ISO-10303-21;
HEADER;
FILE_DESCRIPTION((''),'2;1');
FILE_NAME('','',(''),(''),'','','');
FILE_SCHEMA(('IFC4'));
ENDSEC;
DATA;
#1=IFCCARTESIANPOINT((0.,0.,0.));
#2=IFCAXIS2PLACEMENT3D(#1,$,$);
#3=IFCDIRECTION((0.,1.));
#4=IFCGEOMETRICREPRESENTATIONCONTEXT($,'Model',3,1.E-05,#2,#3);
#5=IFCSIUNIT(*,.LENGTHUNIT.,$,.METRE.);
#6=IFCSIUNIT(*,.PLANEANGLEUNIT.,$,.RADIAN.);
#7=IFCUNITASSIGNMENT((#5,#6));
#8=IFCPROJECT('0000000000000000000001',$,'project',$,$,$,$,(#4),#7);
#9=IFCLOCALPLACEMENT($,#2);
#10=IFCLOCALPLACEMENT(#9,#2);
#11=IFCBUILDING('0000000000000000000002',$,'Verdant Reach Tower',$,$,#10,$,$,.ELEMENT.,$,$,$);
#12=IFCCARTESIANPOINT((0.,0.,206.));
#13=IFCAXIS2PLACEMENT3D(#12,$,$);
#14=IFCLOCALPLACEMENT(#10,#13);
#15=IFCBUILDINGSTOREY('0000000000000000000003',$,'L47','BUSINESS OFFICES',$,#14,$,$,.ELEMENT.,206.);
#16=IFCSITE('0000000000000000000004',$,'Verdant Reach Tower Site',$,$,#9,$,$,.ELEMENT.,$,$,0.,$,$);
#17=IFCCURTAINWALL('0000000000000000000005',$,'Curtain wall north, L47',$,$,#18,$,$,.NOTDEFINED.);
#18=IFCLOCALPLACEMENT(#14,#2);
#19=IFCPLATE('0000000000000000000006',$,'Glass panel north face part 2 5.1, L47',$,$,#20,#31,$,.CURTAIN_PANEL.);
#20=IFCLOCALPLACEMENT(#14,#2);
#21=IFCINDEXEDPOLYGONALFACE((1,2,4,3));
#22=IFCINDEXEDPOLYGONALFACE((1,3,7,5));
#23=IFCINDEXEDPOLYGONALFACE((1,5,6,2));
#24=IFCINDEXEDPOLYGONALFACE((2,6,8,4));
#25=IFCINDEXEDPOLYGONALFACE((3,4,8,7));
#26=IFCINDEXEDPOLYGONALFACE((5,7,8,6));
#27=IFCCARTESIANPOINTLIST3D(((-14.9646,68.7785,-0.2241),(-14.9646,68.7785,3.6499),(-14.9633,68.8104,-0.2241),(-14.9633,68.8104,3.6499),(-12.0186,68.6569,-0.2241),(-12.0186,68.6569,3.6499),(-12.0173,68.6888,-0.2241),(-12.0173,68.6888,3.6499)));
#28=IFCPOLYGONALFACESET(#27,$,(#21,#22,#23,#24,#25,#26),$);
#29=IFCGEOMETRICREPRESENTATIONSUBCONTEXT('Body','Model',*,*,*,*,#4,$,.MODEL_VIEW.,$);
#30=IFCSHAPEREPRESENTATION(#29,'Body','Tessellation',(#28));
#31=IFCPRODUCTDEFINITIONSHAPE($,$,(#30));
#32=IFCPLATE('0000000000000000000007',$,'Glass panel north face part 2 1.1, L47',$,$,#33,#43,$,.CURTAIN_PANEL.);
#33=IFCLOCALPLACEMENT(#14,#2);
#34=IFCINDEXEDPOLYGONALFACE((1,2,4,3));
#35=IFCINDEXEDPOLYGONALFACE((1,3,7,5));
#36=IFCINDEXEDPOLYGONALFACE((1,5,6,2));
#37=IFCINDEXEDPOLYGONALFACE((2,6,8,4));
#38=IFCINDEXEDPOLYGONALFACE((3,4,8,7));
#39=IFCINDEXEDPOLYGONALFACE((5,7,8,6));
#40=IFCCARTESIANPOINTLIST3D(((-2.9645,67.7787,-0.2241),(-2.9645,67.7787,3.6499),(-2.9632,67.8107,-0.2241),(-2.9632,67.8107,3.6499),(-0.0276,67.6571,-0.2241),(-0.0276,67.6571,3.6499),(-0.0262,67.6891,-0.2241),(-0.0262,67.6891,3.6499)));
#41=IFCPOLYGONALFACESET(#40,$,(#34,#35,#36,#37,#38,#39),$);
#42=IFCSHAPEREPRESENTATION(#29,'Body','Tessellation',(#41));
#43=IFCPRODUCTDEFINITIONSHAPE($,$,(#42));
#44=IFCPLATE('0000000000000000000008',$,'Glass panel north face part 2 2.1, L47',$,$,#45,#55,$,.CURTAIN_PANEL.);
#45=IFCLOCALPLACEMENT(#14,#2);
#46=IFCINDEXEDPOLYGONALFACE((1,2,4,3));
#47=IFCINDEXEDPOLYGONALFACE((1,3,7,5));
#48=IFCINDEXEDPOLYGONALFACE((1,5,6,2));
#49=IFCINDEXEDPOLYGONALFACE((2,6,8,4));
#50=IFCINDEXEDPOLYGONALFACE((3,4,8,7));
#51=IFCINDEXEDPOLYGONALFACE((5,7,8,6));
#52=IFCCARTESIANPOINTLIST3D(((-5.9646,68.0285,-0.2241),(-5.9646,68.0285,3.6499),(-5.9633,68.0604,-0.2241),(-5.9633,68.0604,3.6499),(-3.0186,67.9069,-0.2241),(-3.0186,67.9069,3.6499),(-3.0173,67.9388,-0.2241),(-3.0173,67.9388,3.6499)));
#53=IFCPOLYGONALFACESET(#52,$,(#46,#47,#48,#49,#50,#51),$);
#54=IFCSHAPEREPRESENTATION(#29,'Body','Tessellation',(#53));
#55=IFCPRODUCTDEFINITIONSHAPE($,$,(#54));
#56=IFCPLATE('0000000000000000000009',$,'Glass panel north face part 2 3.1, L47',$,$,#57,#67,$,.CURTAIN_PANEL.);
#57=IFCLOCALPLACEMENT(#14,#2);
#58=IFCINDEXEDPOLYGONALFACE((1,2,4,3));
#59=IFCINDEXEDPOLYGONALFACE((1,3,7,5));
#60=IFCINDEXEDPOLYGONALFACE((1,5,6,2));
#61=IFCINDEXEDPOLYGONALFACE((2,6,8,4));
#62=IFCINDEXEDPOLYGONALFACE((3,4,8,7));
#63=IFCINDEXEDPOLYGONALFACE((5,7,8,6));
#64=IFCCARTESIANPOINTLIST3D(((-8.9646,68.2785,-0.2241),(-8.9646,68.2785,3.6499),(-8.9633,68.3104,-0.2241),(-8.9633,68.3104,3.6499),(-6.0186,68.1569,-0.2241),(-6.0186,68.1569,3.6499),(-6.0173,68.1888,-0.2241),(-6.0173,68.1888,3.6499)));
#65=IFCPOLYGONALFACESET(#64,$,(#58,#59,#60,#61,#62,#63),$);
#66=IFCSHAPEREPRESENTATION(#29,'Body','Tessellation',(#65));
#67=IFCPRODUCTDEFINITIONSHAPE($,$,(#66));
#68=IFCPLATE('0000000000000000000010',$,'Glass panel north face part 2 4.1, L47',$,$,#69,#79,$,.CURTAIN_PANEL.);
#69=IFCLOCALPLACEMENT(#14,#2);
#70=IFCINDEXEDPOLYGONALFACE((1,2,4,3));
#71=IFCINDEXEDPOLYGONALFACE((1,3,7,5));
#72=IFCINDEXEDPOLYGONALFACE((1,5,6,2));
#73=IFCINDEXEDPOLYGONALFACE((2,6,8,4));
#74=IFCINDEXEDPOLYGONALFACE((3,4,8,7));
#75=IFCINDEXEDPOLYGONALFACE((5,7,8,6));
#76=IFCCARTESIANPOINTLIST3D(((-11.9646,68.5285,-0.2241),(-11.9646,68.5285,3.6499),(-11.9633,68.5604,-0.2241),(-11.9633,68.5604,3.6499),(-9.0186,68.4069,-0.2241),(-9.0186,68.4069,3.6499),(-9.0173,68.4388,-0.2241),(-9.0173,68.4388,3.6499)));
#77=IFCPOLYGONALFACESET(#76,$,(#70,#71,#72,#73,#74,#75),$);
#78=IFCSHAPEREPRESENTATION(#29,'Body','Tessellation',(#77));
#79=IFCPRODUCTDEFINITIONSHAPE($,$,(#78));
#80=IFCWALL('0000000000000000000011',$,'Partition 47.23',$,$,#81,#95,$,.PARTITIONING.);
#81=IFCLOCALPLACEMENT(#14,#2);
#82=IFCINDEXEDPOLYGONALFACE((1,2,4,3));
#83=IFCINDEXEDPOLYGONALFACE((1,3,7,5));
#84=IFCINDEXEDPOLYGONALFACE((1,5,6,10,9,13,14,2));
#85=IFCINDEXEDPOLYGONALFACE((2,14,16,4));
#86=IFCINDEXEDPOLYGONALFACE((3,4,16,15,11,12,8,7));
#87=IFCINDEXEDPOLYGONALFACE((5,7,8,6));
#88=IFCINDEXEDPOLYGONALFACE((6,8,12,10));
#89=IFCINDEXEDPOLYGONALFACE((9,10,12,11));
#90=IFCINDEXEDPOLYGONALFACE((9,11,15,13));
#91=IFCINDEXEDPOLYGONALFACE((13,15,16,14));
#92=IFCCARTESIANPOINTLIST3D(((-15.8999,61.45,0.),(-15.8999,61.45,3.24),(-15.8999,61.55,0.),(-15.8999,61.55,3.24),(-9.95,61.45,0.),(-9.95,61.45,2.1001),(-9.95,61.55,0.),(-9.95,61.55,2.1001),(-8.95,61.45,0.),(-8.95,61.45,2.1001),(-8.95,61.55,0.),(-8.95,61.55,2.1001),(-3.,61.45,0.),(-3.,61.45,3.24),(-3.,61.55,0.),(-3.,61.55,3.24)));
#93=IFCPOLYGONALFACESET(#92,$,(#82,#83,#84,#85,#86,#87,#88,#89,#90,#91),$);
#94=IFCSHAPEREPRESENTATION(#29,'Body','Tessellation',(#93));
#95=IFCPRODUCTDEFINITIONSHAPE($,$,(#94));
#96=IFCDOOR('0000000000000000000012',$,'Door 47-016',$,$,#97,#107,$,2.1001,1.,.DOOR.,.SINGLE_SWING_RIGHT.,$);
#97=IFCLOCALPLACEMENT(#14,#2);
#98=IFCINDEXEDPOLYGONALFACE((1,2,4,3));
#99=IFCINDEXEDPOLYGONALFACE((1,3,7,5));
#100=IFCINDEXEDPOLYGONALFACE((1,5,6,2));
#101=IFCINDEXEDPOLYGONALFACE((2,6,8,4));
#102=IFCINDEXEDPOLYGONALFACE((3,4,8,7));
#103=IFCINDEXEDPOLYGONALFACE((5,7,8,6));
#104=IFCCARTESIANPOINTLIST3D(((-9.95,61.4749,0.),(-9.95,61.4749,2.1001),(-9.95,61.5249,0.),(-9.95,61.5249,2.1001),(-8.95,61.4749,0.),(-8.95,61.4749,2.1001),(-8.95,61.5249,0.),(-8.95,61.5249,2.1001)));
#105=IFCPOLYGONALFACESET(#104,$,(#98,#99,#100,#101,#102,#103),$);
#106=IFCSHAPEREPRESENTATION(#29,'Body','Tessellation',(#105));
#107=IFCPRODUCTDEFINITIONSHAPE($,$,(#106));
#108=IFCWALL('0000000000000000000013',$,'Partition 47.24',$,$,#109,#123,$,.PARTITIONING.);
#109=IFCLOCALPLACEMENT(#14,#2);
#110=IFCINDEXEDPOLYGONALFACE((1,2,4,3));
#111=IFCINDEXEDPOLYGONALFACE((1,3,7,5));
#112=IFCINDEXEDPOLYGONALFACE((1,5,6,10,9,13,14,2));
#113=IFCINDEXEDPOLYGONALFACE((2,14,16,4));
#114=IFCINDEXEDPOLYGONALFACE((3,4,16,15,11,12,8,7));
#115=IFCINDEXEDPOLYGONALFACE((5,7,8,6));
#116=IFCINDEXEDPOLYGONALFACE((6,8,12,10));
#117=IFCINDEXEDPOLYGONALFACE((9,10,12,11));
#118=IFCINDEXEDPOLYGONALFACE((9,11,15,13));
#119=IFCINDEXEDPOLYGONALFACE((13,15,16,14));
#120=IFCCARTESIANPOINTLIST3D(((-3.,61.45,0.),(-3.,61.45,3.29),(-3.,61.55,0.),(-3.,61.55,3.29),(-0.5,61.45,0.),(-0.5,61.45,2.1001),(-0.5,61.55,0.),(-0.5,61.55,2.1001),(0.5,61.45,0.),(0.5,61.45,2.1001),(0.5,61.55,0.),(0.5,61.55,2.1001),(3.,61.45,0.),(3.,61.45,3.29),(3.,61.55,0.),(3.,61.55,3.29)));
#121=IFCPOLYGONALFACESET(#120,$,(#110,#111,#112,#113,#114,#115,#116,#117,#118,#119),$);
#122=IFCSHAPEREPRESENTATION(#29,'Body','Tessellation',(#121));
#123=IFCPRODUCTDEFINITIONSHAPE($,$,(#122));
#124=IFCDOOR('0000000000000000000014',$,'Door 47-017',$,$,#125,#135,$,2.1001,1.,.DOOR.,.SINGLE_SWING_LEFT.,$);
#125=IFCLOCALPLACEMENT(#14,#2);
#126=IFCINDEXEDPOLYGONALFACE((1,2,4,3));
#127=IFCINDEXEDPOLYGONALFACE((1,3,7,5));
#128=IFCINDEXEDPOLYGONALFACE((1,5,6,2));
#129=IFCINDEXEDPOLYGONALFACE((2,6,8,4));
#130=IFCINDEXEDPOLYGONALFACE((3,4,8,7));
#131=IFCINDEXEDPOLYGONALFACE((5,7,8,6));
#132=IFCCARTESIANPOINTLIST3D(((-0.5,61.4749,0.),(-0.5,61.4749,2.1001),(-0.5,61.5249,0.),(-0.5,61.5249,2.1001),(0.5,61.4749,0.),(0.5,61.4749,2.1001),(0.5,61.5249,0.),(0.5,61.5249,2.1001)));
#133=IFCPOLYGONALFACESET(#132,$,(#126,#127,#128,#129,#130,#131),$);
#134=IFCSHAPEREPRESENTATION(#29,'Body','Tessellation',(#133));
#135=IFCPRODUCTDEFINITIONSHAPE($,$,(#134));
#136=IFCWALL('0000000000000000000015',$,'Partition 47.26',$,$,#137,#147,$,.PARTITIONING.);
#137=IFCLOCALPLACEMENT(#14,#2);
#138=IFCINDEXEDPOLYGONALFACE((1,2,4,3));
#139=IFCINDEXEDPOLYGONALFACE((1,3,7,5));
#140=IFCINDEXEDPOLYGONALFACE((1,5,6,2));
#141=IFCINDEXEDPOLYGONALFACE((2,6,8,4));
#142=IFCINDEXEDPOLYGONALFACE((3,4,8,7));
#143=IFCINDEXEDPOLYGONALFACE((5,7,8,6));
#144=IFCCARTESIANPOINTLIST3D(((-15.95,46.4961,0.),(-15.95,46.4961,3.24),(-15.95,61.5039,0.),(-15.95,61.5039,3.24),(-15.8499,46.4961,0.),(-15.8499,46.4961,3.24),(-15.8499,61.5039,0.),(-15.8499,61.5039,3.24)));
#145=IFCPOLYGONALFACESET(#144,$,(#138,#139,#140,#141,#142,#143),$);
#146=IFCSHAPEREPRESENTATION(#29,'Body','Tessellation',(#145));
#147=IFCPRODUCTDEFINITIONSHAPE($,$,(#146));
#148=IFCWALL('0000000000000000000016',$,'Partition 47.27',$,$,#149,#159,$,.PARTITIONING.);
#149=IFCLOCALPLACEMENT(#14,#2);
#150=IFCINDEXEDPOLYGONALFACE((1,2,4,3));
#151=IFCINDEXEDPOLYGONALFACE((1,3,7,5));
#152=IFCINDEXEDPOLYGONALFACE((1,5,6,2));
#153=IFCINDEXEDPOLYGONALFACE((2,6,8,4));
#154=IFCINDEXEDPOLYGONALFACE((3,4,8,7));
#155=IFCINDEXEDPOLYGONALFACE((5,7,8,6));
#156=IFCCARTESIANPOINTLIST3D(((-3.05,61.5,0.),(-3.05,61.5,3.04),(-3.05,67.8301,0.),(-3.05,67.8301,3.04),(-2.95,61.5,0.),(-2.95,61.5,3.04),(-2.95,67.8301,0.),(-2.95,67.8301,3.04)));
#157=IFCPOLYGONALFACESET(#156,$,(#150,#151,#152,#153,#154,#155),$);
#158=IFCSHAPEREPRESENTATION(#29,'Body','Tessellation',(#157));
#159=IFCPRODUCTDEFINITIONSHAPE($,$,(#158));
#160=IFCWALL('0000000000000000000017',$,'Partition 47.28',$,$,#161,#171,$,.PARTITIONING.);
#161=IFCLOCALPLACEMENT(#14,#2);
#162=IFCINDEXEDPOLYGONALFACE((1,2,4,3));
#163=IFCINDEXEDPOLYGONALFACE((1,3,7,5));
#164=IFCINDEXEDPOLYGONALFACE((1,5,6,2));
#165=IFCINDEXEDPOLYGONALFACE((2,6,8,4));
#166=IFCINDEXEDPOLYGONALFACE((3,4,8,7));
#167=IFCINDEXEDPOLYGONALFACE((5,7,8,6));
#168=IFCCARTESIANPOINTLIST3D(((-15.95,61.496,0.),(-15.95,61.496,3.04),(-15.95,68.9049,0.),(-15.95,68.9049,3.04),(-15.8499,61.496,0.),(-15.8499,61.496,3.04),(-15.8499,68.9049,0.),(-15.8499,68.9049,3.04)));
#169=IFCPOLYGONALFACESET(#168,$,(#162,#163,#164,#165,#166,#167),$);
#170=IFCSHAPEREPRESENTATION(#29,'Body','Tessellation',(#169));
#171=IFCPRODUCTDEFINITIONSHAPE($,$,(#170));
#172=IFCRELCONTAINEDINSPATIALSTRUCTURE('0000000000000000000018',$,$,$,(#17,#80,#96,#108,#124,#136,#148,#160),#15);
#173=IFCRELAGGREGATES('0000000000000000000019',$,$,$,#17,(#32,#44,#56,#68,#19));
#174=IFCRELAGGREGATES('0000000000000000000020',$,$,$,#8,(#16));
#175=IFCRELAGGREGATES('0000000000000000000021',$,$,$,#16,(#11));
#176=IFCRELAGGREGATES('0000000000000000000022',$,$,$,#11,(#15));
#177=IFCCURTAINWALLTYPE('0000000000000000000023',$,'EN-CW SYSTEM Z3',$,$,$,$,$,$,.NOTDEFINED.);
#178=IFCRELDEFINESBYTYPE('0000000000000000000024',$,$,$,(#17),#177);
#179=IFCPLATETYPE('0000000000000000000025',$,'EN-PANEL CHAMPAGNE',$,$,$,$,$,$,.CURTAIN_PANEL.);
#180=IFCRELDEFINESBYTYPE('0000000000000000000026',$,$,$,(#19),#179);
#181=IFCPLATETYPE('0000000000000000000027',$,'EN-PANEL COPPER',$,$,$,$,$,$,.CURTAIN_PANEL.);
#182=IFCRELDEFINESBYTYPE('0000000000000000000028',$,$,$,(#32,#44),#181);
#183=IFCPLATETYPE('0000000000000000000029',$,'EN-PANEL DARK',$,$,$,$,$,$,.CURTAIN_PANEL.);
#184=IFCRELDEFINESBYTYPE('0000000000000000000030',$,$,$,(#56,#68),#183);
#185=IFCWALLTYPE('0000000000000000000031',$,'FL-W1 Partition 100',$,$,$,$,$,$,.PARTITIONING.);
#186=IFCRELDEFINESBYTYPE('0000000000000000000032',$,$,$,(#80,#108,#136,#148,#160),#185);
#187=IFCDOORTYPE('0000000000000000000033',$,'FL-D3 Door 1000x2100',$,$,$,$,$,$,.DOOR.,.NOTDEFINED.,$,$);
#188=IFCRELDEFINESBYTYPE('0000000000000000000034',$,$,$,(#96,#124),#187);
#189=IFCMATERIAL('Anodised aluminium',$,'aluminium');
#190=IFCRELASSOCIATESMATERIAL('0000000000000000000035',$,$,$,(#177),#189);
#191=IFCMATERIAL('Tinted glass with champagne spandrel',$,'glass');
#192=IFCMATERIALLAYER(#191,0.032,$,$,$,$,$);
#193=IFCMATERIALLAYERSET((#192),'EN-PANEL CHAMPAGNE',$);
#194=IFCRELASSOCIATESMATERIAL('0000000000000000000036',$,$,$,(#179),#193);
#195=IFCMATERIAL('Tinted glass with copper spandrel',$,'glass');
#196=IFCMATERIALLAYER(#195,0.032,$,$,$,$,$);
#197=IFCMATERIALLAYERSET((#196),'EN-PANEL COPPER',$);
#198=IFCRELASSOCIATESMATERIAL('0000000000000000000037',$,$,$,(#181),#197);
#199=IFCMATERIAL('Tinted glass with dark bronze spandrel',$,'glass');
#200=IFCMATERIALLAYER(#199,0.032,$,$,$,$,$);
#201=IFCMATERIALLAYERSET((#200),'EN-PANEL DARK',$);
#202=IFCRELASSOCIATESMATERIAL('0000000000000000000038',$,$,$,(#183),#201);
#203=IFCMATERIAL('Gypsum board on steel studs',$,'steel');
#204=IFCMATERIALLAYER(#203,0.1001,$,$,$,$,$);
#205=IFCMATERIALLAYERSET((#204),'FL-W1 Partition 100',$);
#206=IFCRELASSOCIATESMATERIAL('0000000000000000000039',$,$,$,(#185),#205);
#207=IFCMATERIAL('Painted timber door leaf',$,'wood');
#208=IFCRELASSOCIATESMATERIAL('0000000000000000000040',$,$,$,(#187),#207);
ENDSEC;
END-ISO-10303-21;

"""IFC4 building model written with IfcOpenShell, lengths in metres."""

from ifc_helpers import new_model, si_unit, direction, frame, frame_2d, origin, origin_2d, place, context, subcontext, project, spatial, rectangle, extrude, material, layer, layer_set, type_object, element, fill, aggregate, save


model = new_model("IFC4")

# Units and contexts
model_context = context("Model", 3, precision=1e-05, world=origin(), true_north=direction((0.0, 1.0)))
body_context = subcontext(model_context, "Body", "Model", "MODEL_VIEW")
ifc_project = project(units=[si_unit("LENGTHUNIT", "METRE"), si_unit("PLANEANGLEUNIT", "RADIAN")], contexts=[model_context])

# Site, building, storey
site_placement = place(None, origin())
site = spatial("IfcSite", under=ifc_project, at=site_placement, Name="Verdant Reach Tower Site", CompositionType="ELEMENT", RefElevation=0.0)
building_placement = place(site_placement, origin())
building = spatial("IfcBuilding", under=site, at=building_placement, Name="Verdant Reach Tower", CompositionType="ELEMENT")
storey_placement = place(building_placement, frame((0.0, 0.0, 206.0)))
storey = spatial("IfcBuildingStorey", under=building, at=storey_placement, Name="L47", Description="BUSINESS OFFICES", CompositionType="ELEMENT", Elevation=206.0)

# Curtain wall
ifc_material_1 = material(Name="Anodised aluminium", Category="aluminium")
curtain_wall_type = type_object("IfcCurtainWallType", Name="EN-CW SYSTEM Z3", PredefinedType="NOTDEFINED", material=ifc_material_1)
curtain_wall_placement = place(storey_placement, origin())
curtain_wall = element("IfcCurtainWall", 1, at=curtain_wall_placement, inside=storey, type_object=curtain_wall_type, Name="Curtain wall north, L47", PredefinedType="NOTDEFINED")

# Plates
ifc_material_2 = material(Name="Tinted glass with champagne spandrel", Category="glass")
ifc_layer_1 = layer(ifc_material_2, 0.032)
ifc_layer_set_1 = layer_set([ifc_layer_1], Name="EN-PANEL CHAMPAGNE")
plate_type_1 = type_object("IfcPlateType", Name="EN-PANEL CHAMPAGNE", PredefinedType="CURTAIN_PANEL", material=ifc_layer_set_1)
plate_1_placement = place(storey_placement, frame((-13.491, 68.7336, -0.2241), z_axis=(0.0, 0.0, 1.0), x_axis=(-0.999149, 0.041242, 0.0)))
plate_1 = element("IfcPlate", 2, at=plate_1_placement, type_object=plate_type_1, Name="Glass panel north face part 2 5.1, L47", PredefinedType="CURTAIN_PANEL", context=body_context, shape_type="SweptSolid", body=[
    extrude(rectangle(XDim=2.9485, YDim=0.032, at=origin_2d()), origin(), (0.0, 0.0, 1.0), 3.874),
])
ifc_material_3 = material(Name="Tinted glass with copper spandrel", Category="glass")
ifc_layer_2 = layer(ifc_material_3, 0.032)
ifc_layer_set_2 = layer_set([ifc_layer_2], Name="EN-PANEL COPPER")
plate_type_2 = type_object("IfcPlateType", Name="EN-PANEL COPPER", PredefinedType="CURTAIN_PANEL", material=ifc_layer_set_2)
plate_2_placement = place(storey_placement, frame((-1.4954, 67.7339, -0.2241), z_axis=(0.0, 0.0, 1.0), x_axis=(-0.999144, 0.041367, 0.0)))
plate_2 = element("IfcPlate", 3, at=plate_2_placement, type_object=plate_type_2, Name="Glass panel north face part 2 1.1, L47", PredefinedType="CURTAIN_PANEL", context=body_context, shape_type="SweptSolid", body=[
    extrude(rectangle(XDim=2.9395, YDim=0.032, at=origin_2d()), origin(), (0.0, 0.0, 1.0), 3.874),
])
plate_3_placement = place(storey_placement, frame((-4.491, 67.9836, -0.2241), z_axis=(0.0, 0.0, 1.0), x_axis=(-0.999149, 0.041242, 0.0)))
plate_3 = element("IfcPlate", 4, at=plate_3_placement, type_object=plate_type_2, Name="Glass panel north face part 2 2.1, L47", PredefinedType="CURTAIN_PANEL", context=body_context, shape_type="SweptSolid", body=[
    extrude(rectangle(XDim=2.9485, YDim=0.032, at=origin_2d()), origin(), (0.0, 0.0, 1.0), 3.874),
])
ifc_material_4 = material(Name="Tinted glass with dark bronze spandrel", Category="glass")
ifc_layer_3 = layer(ifc_material_4, 0.032)
ifc_layer_set_3 = layer_set([ifc_layer_3], Name="EN-PANEL DARK")
plate_type_3 = type_object("IfcPlateType", Name="EN-PANEL DARK", PredefinedType="CURTAIN_PANEL", material=ifc_layer_set_3)
plate_4_placement = place(storey_placement, frame((-7.491, 68.2336, -0.2241), z_axis=(0.0, 0.0, 1.0), x_axis=(-0.999149, 0.041242, 0.0)))
plate_4 = element("IfcPlate", 5, at=plate_4_placement, type_object=plate_type_3, Name="Glass panel north face part 2 3.1, L47", PredefinedType="CURTAIN_PANEL", context=body_context, shape_type="SweptSolid", body=[
    extrude(rectangle(XDim=2.9485, YDim=0.032, at=origin_2d()), origin(), (0.0, 0.0, 1.0), 3.874),
])
plate_5_placement = place(storey_placement, frame((-10.491, 68.4836, -0.2241), z_axis=(0.0, 0.0, 1.0), x_axis=(-0.999149, 0.041242, 0.0)))
plate_5 = element("IfcPlate", 6, at=plate_5_placement, type_object=plate_type_3, Name="Glass panel north face part 2 4.1, L47", PredefinedType="CURTAIN_PANEL", context=body_context, shape_type="SweptSolid", body=[
    extrude(rectangle(XDim=2.9485, YDim=0.032, at=origin_2d()), origin(), (0.0, 0.0, 1.0), 3.874),
])
aggregate(curtain_wall, [plate_2, plate_3, plate_4, plate_5, plate_1])

# Walls, openings, doors
ifc_material_5 = material(Name="Gypsum board on steel studs", Category="steel")
ifc_layer_4 = layer(ifc_material_5, 0.1001)
ifc_layer_set_4 = layer_set([ifc_layer_4], Name="FL-W1 Partition 100")
wall_type = type_object("IfcWallType", Name="FL-W1 Partition 100", PredefinedType="PARTITIONING", material=ifc_layer_set_4)
wall_1_placement = place(storey_placement, frame((-15.8999, 61.5, 0.0), z_axis=(0.0, 0.0, 1.0), x_axis=(1.0, 0.0, 0.0)))
wall_1 = element("IfcWall", 7, at=wall_1_placement, inside=storey, type_object=wall_type, Name="Partition 47.23", PredefinedType="PARTITIONING", context=body_context, shape_type="SweptSolid", body=[
    extrude(rectangle(XDim=12.8999, YDim=0.1001, at=frame_2d((6.45, 0.0))), origin(), (0.0, 0.0, 1.0), 3.24),
])
opening_1_placement = place(wall_1_placement, frame((5.95, 0.0, 0.0)))
opening_1 = element("IfcOpeningElement", 8, at=opening_1_placement, cuts=wall_1, PredefinedType="OPENING", context=body_context, shape_type="SweptSolid", body=[
    extrude(rectangle(XDim=1.0, YDim=2.1001, at=frame_2d((0.5, 1.05))), frame((0.0, 0.0601, 0.0), z_axis=(0.0, -1.0, 0.0), x_axis=(1.0, 0.0, 0.0)), (0.0, 0.0, 1.0), 0.1201),
])
ifc_material_6 = material(Name="Painted timber door leaf", Category="wood")
door_type = type_object("IfcDoorType", Name="FL-D3 Door 1000x2100", OperationType="NOTDEFINED", PredefinedType="DOOR", material=ifc_material_6)
door_1_placement = place(opening_1_placement, origin())
door_1 = element("IfcDoor", 9, at=door_1_placement, inside=storey, type_object=door_type, Name="Door 47-016", OperationType="SINGLE_SWING_RIGHT", OverallHeight=2.1001, OverallWidth=1.0, PredefinedType="DOOR", context=body_context, shape_type="SweptSolid", body=[
    extrude(rectangle(XDim=1.0, YDim=2.1001, at=frame_2d((0.5, 1.05))), frame((0.0, 0.0249, 0.0), z_axis=(0.0, -1.0, 0.0), x_axis=(1.0, 0.0, 0.0)), (0.0, 0.0, 1.0), 0.05),
])
fill(opening_1, door_1)
wall_2_placement = place(storey_placement, frame((-3.0, 61.5, 0.0), z_axis=(0.0, 0.0, 1.0), x_axis=(1.0, 0.0, 0.0)))
wall_2 = element("IfcWall", 10, at=wall_2_placement, inside=storey, type_object=wall_type, Name="Partition 47.24", PredefinedType="PARTITIONING", context=body_context, shape_type="SweptSolid", body=[
    extrude(rectangle(XDim=6.0, YDim=0.1001, at=frame_2d((3.0, 0.0))), origin(), (0.0, 0.0, 1.0), 3.29),
])
opening_2_placement = place(wall_2_placement, frame((2.5, 0.0, 0.0)))
opening_2 = element("IfcOpeningElement", 11, at=opening_2_placement, cuts=wall_2, PredefinedType="OPENING", context=body_context, shape_type="SweptSolid", body=[
    extrude(rectangle(XDim=1.0, YDim=2.1001, at=frame_2d((0.5, 1.05))), frame((0.0, 0.0601, 0.0), z_axis=(0.0, -1.0, 0.0), x_axis=(1.0, 0.0, 0.0)), (0.0, 0.0, 1.0), 0.1201),
])
door_2_placement = place(opening_2_placement, origin())
door_2 = element("IfcDoor", 12, at=door_2_placement, inside=storey, type_object=door_type, Name="Door 47-017", OperationType="SINGLE_SWING_LEFT", OverallHeight=2.1001, OverallWidth=1.0, PredefinedType="DOOR", context=body_context, shape_type="SweptSolid", body=[
    extrude(rectangle(XDim=1.0, YDim=2.1001, at=frame_2d((0.5, 1.05))), frame((0.0, 0.0249, 0.0), z_axis=(0.0, -1.0, 0.0), x_axis=(1.0, 0.0, 0.0)), (0.0, 0.0, 1.0), 0.05),
])
fill(opening_2, door_2)

# Walls
wall_3_placement = place(storey_placement, frame((-15.8999, 61.5039, 0.0), z_axis=(0.0, 0.0, 1.0), x_axis=(0.0, -1.0, 0.0)))
element("IfcWall", 13, at=wall_3_placement, inside=storey, type_object=wall_type, Name="Partition 47.26", PredefinedType="PARTITIONING", context=body_context, shape_type="SweptSolid", body=[
    extrude(rectangle(XDim=15.0078, YDim=0.1001, at=frame_2d((7.5039, 0.0))), origin(), (0.0, 0.0, 1.0), 3.24),
])
wall_4_placement = place(storey_placement, frame((-3.0, 61.5, 0.0), z_axis=(0.0, 0.0, 1.0), x_axis=(0.0, 1.0, 0.0)))
element("IfcWall", 14, at=wall_4_placement, inside=storey, type_object=wall_type, Name="Partition 47.27", PredefinedType="PARTITIONING", context=body_context, shape_type="SweptSolid", body=[
    extrude(rectangle(XDim=6.3301, YDim=0.1001, at=frame_2d((3.165, 0.0))), origin(), (0.0, 0.0, 1.0), 3.04),
])
wall_5_placement = place(storey_placement, frame((-15.8999, 68.905, 0.0), z_axis=(0.0, 0.0, 1.0), x_axis=(0.0, -1.0, 0.0)))
element("IfcWall", 15, at=wall_5_placement, inside=storey, type_object=wall_type, Name="Partition 47.28", PredefinedType="PARTITIONING", context=body_context, shape_type="SweptSolid", body=[
    extrude(rectangle(XDim=7.4089, YDim=0.1001, at=frame_2d((3.7046, 0.0))), origin(), (0.0, 0.0, 1.0), 3.04),
])

save(model, "model.ifc")
